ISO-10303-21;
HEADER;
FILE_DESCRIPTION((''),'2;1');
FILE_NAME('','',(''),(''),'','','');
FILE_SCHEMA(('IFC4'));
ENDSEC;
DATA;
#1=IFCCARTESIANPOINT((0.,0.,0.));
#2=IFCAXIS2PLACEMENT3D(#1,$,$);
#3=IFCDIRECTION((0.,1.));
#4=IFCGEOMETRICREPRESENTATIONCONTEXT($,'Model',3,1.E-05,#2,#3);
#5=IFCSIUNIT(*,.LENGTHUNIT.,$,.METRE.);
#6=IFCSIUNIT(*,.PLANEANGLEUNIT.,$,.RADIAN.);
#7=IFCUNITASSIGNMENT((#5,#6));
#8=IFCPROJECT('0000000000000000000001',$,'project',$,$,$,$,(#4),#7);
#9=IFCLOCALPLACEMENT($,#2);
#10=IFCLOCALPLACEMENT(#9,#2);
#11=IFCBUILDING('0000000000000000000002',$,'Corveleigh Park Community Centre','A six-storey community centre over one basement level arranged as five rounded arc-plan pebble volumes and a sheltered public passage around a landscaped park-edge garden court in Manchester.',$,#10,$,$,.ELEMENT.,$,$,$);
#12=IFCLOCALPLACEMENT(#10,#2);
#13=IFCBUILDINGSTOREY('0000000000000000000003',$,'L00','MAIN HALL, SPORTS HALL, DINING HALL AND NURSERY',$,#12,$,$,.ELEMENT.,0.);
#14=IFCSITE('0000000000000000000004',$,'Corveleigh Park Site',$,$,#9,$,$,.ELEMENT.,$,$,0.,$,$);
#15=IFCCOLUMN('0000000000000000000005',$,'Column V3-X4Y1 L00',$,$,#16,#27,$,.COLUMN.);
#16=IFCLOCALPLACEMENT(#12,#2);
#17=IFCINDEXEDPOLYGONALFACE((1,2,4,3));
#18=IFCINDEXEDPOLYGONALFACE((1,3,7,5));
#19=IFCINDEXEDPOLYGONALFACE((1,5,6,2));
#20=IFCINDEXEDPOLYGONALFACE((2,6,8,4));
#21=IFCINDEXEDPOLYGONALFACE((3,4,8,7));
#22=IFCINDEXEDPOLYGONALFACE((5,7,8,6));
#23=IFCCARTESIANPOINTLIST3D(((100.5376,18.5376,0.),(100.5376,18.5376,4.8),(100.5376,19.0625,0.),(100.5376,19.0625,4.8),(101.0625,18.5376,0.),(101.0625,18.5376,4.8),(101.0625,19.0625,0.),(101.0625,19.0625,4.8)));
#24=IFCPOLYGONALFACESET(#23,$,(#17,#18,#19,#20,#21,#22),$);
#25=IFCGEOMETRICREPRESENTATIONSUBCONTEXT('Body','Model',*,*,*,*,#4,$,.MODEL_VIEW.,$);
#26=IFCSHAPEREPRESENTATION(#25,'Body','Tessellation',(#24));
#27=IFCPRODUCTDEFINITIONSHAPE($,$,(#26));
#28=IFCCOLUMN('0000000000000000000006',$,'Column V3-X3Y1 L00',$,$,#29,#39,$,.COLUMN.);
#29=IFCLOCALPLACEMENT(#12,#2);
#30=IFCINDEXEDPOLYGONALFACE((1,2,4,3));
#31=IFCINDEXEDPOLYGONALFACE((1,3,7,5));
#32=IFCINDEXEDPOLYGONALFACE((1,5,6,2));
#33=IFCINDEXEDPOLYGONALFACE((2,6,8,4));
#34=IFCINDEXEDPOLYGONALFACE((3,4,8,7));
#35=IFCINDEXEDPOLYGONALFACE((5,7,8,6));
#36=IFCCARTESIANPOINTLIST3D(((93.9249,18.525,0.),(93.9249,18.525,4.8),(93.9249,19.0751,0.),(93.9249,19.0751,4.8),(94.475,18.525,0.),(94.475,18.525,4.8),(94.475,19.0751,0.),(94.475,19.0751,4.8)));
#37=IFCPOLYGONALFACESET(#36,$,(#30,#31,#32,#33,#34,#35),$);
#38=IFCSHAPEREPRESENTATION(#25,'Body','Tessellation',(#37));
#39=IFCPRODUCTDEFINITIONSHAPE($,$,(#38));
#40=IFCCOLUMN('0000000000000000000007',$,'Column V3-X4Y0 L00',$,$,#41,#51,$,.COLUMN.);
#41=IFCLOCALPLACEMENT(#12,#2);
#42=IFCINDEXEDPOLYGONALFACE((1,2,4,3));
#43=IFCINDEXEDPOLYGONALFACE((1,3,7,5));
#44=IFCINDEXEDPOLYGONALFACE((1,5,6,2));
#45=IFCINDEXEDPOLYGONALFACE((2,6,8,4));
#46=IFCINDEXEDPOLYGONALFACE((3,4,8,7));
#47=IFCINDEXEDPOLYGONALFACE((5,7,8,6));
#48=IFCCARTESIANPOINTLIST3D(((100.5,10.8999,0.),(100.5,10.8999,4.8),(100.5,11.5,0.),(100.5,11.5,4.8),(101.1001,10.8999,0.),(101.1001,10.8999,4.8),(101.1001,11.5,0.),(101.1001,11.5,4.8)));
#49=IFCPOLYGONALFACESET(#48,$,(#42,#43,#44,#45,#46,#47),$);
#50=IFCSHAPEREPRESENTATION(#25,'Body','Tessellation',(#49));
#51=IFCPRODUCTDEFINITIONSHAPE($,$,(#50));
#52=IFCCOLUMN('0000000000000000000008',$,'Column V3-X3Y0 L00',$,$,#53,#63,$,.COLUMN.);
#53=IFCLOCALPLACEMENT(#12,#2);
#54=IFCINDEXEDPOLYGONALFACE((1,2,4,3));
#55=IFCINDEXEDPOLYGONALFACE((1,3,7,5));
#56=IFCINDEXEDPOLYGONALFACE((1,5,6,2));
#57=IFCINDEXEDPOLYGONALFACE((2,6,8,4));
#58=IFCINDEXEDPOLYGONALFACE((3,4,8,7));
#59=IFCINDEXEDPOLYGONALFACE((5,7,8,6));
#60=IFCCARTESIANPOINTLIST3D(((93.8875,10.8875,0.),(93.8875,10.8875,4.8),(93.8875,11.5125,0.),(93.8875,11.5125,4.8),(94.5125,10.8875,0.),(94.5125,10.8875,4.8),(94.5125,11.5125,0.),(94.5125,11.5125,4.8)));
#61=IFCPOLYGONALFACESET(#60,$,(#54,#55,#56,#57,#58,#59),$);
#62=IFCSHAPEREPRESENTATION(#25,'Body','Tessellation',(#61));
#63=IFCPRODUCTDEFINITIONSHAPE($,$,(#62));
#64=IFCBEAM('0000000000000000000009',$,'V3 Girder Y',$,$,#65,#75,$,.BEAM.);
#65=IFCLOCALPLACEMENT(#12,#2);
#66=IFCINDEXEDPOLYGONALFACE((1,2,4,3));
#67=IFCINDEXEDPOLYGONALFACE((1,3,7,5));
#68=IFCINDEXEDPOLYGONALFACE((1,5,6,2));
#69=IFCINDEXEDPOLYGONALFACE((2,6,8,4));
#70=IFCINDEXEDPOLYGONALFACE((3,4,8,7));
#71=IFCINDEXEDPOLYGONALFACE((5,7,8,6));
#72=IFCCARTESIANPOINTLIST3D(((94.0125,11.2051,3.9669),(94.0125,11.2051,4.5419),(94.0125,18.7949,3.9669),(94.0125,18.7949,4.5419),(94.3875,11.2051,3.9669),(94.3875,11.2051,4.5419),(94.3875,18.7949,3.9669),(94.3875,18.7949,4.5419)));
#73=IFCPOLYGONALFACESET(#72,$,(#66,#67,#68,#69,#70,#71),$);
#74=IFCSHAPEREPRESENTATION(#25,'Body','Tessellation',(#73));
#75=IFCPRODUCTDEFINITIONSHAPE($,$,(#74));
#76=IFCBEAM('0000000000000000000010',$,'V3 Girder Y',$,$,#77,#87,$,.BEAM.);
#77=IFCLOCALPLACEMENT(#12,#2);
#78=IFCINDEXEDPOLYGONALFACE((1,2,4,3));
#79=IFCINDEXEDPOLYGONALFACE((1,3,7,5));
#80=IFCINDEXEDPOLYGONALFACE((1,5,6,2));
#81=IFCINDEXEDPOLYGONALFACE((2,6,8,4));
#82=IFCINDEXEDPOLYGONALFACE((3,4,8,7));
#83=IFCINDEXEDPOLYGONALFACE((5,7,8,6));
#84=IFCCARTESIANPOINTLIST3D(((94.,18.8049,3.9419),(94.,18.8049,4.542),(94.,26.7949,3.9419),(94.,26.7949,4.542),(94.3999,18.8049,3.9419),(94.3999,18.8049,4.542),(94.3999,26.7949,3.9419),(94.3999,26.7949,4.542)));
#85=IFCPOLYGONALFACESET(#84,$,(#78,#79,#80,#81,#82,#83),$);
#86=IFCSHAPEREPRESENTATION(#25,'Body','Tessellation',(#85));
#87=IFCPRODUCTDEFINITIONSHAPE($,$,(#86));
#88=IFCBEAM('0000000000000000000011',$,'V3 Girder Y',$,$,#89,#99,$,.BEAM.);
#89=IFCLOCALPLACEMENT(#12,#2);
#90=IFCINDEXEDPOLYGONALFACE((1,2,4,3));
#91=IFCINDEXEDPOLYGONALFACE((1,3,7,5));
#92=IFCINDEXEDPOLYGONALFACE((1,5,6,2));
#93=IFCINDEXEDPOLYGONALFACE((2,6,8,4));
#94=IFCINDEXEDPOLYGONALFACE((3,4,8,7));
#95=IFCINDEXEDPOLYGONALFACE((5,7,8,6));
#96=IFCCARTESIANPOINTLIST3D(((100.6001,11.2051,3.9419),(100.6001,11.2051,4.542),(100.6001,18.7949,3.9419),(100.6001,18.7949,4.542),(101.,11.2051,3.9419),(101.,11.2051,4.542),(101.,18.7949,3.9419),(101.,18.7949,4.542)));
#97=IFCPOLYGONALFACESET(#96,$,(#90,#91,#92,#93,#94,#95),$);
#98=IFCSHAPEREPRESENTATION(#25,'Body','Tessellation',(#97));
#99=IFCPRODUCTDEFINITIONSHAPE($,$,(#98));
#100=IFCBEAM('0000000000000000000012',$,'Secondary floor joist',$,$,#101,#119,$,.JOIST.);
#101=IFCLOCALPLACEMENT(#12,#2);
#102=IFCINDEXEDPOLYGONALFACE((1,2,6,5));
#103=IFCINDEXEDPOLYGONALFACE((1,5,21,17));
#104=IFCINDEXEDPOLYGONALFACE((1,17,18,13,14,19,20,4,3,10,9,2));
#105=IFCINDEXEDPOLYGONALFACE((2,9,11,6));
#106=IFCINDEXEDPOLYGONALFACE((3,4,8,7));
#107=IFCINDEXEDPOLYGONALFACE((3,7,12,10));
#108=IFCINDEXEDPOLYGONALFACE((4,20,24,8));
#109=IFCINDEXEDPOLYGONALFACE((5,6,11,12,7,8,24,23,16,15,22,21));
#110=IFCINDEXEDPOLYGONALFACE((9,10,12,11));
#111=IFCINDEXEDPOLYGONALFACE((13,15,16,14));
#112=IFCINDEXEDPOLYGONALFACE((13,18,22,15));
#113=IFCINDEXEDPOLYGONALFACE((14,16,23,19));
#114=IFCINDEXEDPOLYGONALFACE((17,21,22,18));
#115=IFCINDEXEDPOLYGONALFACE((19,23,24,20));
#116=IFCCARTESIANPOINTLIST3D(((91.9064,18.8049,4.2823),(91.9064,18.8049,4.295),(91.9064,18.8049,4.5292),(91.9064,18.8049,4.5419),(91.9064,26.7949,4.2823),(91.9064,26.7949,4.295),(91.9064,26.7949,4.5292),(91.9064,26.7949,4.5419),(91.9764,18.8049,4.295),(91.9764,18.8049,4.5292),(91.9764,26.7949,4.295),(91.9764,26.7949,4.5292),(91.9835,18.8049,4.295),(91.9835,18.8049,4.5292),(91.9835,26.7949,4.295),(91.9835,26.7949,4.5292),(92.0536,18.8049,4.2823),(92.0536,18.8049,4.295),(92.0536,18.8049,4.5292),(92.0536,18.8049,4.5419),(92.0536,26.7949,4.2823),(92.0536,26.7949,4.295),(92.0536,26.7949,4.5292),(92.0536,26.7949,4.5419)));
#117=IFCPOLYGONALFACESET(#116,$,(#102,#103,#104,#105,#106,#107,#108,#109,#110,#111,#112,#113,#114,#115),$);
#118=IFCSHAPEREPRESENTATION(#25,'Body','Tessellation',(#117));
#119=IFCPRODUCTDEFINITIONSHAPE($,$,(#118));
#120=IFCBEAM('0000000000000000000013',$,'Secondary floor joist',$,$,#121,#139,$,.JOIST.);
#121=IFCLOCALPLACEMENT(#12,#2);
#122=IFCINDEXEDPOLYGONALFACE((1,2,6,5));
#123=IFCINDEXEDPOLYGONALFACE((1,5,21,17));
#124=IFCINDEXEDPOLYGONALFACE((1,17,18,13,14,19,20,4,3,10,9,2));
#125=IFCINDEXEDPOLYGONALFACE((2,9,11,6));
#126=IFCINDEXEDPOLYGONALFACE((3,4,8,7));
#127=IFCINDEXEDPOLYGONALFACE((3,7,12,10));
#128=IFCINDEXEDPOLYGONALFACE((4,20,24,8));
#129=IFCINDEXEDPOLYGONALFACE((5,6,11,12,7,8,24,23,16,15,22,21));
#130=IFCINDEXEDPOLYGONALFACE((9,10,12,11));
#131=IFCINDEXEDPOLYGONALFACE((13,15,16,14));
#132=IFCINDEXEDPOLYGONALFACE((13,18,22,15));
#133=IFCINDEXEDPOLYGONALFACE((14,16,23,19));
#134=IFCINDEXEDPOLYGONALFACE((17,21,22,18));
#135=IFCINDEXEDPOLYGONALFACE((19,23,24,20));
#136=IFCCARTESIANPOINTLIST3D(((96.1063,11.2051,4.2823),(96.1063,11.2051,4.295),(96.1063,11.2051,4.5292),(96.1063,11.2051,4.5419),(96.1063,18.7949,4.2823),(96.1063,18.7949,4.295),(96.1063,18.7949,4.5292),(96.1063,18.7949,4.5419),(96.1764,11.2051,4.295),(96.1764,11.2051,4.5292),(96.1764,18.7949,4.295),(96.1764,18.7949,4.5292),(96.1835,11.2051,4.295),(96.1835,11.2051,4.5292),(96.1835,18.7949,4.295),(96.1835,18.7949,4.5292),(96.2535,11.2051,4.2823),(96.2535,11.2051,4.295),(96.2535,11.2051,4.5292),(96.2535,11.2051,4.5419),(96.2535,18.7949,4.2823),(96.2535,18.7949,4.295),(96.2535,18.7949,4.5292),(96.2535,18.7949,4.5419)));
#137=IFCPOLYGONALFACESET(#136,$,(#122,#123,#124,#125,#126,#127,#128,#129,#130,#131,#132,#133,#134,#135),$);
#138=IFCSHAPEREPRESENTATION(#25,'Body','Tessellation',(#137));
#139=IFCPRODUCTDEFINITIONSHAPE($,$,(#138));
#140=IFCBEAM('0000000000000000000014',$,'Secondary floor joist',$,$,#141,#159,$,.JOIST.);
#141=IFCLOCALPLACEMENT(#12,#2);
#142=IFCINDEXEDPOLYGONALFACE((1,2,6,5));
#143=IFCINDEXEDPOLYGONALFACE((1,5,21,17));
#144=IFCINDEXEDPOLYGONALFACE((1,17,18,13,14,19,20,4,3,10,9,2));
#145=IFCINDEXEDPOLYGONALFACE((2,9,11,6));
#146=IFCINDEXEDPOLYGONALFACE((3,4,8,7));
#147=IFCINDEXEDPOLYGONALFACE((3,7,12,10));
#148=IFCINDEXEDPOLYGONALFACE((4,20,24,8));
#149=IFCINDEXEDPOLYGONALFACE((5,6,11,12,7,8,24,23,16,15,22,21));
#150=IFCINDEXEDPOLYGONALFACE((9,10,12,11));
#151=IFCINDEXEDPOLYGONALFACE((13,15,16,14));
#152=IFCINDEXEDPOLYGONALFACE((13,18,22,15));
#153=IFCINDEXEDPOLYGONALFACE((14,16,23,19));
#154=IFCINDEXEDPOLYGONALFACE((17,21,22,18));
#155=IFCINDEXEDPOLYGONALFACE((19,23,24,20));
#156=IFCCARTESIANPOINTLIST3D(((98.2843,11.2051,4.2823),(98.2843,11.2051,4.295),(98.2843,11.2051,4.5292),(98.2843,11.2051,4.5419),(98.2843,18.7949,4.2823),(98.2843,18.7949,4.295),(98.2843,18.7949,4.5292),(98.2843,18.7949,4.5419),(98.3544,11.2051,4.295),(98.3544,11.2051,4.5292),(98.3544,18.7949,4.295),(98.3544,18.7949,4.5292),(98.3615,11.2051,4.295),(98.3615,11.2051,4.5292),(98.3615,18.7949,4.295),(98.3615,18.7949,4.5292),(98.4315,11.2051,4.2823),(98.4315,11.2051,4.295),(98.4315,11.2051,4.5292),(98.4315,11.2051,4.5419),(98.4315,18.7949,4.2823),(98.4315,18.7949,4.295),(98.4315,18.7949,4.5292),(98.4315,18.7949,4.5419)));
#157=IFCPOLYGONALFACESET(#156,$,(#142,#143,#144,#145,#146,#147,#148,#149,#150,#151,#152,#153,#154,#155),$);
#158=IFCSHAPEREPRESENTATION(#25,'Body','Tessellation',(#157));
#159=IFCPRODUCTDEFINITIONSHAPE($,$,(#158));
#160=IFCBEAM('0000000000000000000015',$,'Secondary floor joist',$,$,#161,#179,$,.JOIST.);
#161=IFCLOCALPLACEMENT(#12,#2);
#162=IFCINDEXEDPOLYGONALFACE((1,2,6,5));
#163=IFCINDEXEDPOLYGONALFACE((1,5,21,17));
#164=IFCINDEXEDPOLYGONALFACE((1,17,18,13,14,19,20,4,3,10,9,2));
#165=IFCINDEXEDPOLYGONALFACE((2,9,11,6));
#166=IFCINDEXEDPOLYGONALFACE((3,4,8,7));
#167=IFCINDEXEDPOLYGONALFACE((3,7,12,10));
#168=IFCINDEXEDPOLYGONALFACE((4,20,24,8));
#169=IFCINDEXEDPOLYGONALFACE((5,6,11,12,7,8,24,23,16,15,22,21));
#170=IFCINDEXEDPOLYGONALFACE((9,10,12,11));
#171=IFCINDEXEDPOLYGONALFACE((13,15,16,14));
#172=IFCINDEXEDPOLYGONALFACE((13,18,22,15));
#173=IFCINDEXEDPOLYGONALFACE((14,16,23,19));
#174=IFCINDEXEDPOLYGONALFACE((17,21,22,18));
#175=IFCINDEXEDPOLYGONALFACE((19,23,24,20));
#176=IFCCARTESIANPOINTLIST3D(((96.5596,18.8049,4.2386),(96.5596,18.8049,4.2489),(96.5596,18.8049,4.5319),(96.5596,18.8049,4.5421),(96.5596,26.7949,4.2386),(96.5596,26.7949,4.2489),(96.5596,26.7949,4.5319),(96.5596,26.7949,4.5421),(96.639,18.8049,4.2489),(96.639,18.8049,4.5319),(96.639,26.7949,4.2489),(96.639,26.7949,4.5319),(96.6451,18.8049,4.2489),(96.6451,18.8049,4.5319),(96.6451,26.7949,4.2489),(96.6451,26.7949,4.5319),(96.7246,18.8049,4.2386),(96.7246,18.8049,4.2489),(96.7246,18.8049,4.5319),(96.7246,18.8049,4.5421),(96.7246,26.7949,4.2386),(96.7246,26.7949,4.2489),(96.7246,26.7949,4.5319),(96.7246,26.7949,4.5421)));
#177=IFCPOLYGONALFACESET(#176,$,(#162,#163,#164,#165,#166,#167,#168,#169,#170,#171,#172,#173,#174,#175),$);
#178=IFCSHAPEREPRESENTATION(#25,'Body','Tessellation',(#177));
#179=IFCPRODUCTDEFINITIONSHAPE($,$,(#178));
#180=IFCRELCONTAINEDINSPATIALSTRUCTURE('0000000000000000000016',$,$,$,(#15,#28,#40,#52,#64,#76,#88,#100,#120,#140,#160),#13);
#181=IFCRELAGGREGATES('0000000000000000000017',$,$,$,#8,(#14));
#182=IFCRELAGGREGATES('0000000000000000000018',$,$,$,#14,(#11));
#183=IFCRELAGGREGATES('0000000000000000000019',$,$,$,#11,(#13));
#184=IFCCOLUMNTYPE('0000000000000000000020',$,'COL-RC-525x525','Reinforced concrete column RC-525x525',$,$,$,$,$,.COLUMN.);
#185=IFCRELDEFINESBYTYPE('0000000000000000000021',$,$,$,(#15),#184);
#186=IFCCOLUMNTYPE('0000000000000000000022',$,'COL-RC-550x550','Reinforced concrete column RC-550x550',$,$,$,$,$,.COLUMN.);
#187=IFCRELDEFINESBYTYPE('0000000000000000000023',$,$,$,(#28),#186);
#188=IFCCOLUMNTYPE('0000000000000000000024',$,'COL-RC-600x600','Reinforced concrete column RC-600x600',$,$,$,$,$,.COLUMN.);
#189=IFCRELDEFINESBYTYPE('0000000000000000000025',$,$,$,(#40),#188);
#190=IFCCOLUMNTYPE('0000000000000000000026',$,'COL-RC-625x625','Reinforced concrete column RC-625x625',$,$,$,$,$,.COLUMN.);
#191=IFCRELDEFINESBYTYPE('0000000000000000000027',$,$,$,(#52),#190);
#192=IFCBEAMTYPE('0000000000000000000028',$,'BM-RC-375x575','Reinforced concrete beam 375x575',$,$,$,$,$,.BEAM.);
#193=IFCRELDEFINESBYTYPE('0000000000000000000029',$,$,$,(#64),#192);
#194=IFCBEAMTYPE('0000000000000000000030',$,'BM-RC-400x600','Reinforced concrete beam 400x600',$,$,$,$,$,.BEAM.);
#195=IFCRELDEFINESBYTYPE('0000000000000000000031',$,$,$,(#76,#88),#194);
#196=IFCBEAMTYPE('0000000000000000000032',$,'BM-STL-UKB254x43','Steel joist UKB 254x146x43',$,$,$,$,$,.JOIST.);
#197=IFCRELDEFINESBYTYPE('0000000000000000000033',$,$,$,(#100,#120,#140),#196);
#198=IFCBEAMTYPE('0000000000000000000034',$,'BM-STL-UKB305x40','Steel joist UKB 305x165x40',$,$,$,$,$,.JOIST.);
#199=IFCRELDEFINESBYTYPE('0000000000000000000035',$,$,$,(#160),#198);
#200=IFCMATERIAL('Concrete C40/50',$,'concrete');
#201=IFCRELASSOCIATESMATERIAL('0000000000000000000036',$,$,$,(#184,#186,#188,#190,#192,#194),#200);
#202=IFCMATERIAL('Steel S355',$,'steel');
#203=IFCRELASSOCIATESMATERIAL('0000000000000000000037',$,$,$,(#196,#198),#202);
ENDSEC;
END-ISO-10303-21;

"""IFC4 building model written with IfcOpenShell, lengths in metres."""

from ifc_helpers import new_model, si_unit, direction, frame, origin, origin_2d, place, context, subcontext, project, spatial, rectangle, i_section, extrude, material, material_profile, profile_set, type_object, element, save


model = new_model("IFC4")

# Units and contexts
model_context = context("Model", 3, precision=1e-05, world=origin(), true_north=direction((0.0, 1.0)))
body_context = subcontext(model_context, "Body", "Model", "MODEL_VIEW")
ifc_project = project(units=[si_unit("LENGTHUNIT", "METRE"), si_unit("PLANEANGLEUNIT", "RADIAN")], contexts=[model_context])

# Site, building, storey
site_placement = place(None, origin())
site = spatial("IfcSite", under=ifc_project, at=site_placement, Name="Corveleigh Park Site", CompositionType="ELEMENT", RefElevation=0.0)
building_placement = place(site_placement, origin())
building = spatial("IfcBuilding", under=site, at=building_placement, Name="Corveleigh Park Community Centre", Description="A six-storey community centre over one basement level arranged as five rounded arc-plan pebble volumes and a sheltered public passage around a landscaped park-edge garden court in Manchester.", CompositionType="ELEMENT")
storey_placement = place(building_placement, origin())
storey = spatial("IfcBuildingStorey", under=building, at=storey_placement, Name="L00", Description="MAIN HALL, SPORTS HALL, DINING HALL AND NURSERY", CompositionType="ELEMENT", Elevation=0.0)

# Columns
ifc_material_1 = material(Name="Concrete C40/50", Category="concrete")
ifc_material_profile_1 = material_profile(ifc_material_1, rectangle(XDim=0.5249, YDim=0.5249, at=origin_2d()), Name="RC-525x525", Category="concrete")
ifc_profile_set_1 = profile_set([ifc_material_profile_1], Name="Concrete C40/50")
column_type_1 = type_object("IfcColumnType", Name="COL-RC-525x525", Description="Reinforced concrete column RC-525x525", PredefinedType="COLUMN", material=ifc_profile_set_1)
column_1_placement = place(storey_placement, frame((100.8, 18.8, 0.0), z_axis=(0.0, 0.0, 1.0), x_axis=(1.0, 0.0, 0.0)))
element("IfcColumn", 1, at=column_1_placement, inside=storey, type_object=column_type_1, Name="Column V3-X4Y1 L00", PredefinedType="COLUMN", context=body_context, shape_type="SweptSolid", body=[
    extrude(rectangle(XDim=0.5249, YDim=0.5249, at=origin_2d()), origin(), (0.0, 0.0, 1.0), 4.8),
])
ifc_material_profile_2 = material_profile(ifc_material_1, rectangle(XDim=0.55, YDim=0.55, at=origin_2d()), Name="RC-550x550", Category="concrete")
ifc_profile_set_2 = profile_set([ifc_material_profile_2], Name="Concrete C40/50")
column_type_2 = type_object("IfcColumnType", Name="COL-RC-550x550", Description="Reinforced concrete column RC-550x550", PredefinedType="COLUMN", material=ifc_profile_set_2)
column_2_placement = place(storey_placement, frame((94.2, 18.8, 0.0), z_axis=(0.0, 0.0, 1.0), x_axis=(1.0, 0.0, 0.0)))
element("IfcColumn", 2, at=column_2_placement, inside=storey, type_object=column_type_2, Name="Column V3-X3Y1 L00", PredefinedType="COLUMN", context=body_context, shape_type="SweptSolid", body=[
    extrude(rectangle(XDim=0.55, YDim=0.55, at=origin_2d()), origin(), (0.0, 0.0, 1.0), 4.8),
])
ifc_material_profile_3 = material_profile(ifc_material_1, rectangle(XDim=0.6001, YDim=0.6001, at=origin_2d()), Name="RC-600x600", Category="concrete")
ifc_profile_set_3 = profile_set([ifc_material_profile_3], Name="Concrete C40/50")
column_type_3 = type_object("IfcColumnType", Name="COL-RC-600x600", Description="Reinforced concrete column RC-600x600", PredefinedType="COLUMN", material=ifc_profile_set_3)
column_3_placement = place(storey_placement, frame((100.8, 11.2, 0.0), z_axis=(0.0, 0.0, 1.0), x_axis=(1.0, 0.0, 0.0)))
element("IfcColumn", 3, at=column_3_placement, inside=storey, type_object=column_type_3, Name="Column V3-X4Y0 L00", PredefinedType="COLUMN", context=body_context, shape_type="SweptSolid", body=[
    extrude(rectangle(XDim=0.6001, YDim=0.6001, at=origin_2d()), origin(), (0.0, 0.0, 1.0), 4.8),
])
ifc_material_profile_4 = material_profile(ifc_material_1, rectangle(XDim=0.625, YDim=0.625, at=origin_2d()), Name="RC-625x625", Category="concrete")
ifc_profile_set_4 = profile_set([ifc_material_profile_4], Name="Concrete C40/50")
column_type_4 = type_object("IfcColumnType", Name="COL-RC-625x625", Description="Reinforced concrete column RC-625x625", PredefinedType="COLUMN", material=ifc_profile_set_4)
column_4_placement = place(storey_placement, frame((94.2, 11.2, 0.0), z_axis=(0.0, 0.0, 1.0), x_axis=(1.0, 0.0, 0.0)))
element("IfcColumn", 4, at=column_4_placement, inside=storey, type_object=column_type_4, Name="Column V3-X3Y0 L00", PredefinedType="COLUMN", context=body_context, shape_type="SweptSolid", body=[
    extrude(rectangle(XDim=0.625, YDim=0.625, at=origin_2d()), origin(), (0.0, 0.0, 1.0), 4.8),
])

# Beams
ifc_material_profile_5 = material_profile(ifc_material_1, rectangle(XDim=0.375, YDim=0.575, at=origin_2d()), Name="RC-375x575", Category="concrete")
ifc_profile_set_5 = profile_set([ifc_material_profile_5], Name="Concrete C40/50")
beam_type_1 = type_object("IfcBeamType", Name="BM-RC-375x575", Description="Reinforced concrete beam 375x575", PredefinedType="BEAM", material=ifc_profile_set_5)
beam_1_placement = place(storey_placement, frame((94.2, 11.2051, 4.2544), z_axis=(0.0, 1.0, 0.0), x_axis=(-1.0, 0.0, 0.0)))
element("IfcBeam", 5, at=beam_1_placement, inside=storey, type_object=beam_type_1, Name="V3 Girder Y", PredefinedType="BEAM", context=body_context, shape_type="SweptSolid", body=[
    extrude(rectangle(XDim=0.375, YDim=0.575, at=origin_2d()), origin(), (0.0, 0.0, 1.0), 7.5898),
])
ifc_material_profile_6 = material_profile(ifc_material_1, rectangle(XDim=0.3999, YDim=0.6001, at=origin_2d()), Name="RC-400x600", Category="concrete")
ifc_profile_set_6 = profile_set([ifc_material_profile_6], Name="Concrete C40/50")
beam_type_2 = type_object("IfcBeamType", Name="BM-RC-400x600", Description="Reinforced concrete beam 400x600", PredefinedType="BEAM", material=ifc_profile_set_6)
beam_2_placement = place(storey_placement, frame((94.2, 18.8049, 4.2419), z_axis=(0.0, 1.0, 0.0), x_axis=(-1.0, 0.0, 0.0)))
element("IfcBeam", 6, at=beam_2_placement, inside=storey, type_object=beam_type_2, Name="V3 Girder Y", PredefinedType="BEAM", context=body_context, shape_type="SweptSolid", body=[
    extrude(rectangle(XDim=0.3999, YDim=0.6001, at=origin_2d()), origin(), (0.0, 0.0, 1.0), 7.99),
])
beam_3_placement = place(storey_placement, frame((100.8, 11.2051, 4.2419), z_axis=(0.0, 1.0, 0.0), x_axis=(-1.0, 0.0, 0.0)))
element("IfcBeam", 7, at=beam_3_placement, inside=storey, type_object=beam_type_2, Name="V3 Girder Y", PredefinedType="BEAM", context=body_context, shape_type="SweptSolid", body=[
    extrude(rectangle(XDim=0.3999, YDim=0.6001, at=origin_2d()), origin(), (0.0, 0.0, 1.0), 7.5898),
])
ifc_material_2 = material(Name="Steel S355", Category="steel")
ifc_material_profile_7 = material_profile(ifc_material_2, i_section(OverallWidth=0.1472, OverallDepth=0.2595, WebThickness=0.0071, FlangeThickness=0.0127, at=origin_2d()), Name="UKB 254x146x43", Category="steel")
ifc_profile_set_7 = profile_set([ifc_material_profile_7], Name="Steel S355")
beam_type_3 = type_object("IfcBeamType", Name="BM-STL-UKB254x43", Description="Steel joist UKB 254x146x43", PredefinedType="JOIST", material=ifc_profile_set_7)
beam_4_placement = place(storey_placement, frame((91.98, 18.8049, 4.4121), z_axis=(0.0, 1.0, 0.0), x_axis=(-1.0, 0.0, 0.0)))
element("IfcBeam", 8, at=beam_4_placement, inside=storey, type_object=beam_type_3, Name="Secondary floor joist", PredefinedType="JOIST", context=body_context, shape_type="SweptSolid", body=[
    extrude(i_section(OverallWidth=0.1472, OverallDepth=0.2595, WebThickness=0.0071, FlangeThickness=0.0127, at=origin_2d()), origin(), (0.0, 0.0, 1.0), 7.99),
])
for number, where, z_axis, x_axis, name in (
    (9, (96.1799, 11.2051, 4.4121), (0.0, 1.0, 0.0), (-1.0, 0.0, 0.0), "Secondary floor joist"),
    (10, (98.3579, 11.2051, 4.4121), (0.0, 1.0, 0.0), (-1.0, 0.0, 0.0), "Secondary floor joist"),
):
    element("IfcBeam", number, at=place(storey_placement, frame(where, z_axis=z_axis, x_axis=x_axis)), inside=storey, type_object=beam_type_3, Name=name, PredefinedType="JOIST", context=body_context, shape_type="SweptSolid", body=[
        extrude(i_section(OverallWidth=0.1472, OverallDepth=0.2595, WebThickness=0.0071, FlangeThickness=0.0127, at=origin_2d()), origin(), (0.0, 0.0, 1.0), 7.5898),
    ])
ifc_material_profile_8 = material_profile(ifc_material_2, i_section(OverallWidth=0.165, OverallDepth=0.3035, WebThickness=0.0061, FlangeThickness=0.0103, at=origin_2d()), Name="UKB 305x165x40", Category="steel")
ifc_profile_set_8 = profile_set([ifc_material_profile_8], Name="Steel S355")
beam_type_4 = type_object("IfcBeamType", Name="BM-STL-UKB305x40", Description="Steel joist UKB 305x165x40", PredefinedType="JOIST", material=ifc_profile_set_8)
beam_5_placement = place(storey_placement, frame((96.6421, 18.8049, 4.3904), z_axis=(0.0, 1.0, 0.0), x_axis=(-1.0, 0.0, 0.0)))
element("IfcBeam", 11, at=beam_5_placement, inside=storey, type_object=beam_type_4, Name="Secondary floor joist", PredefinedType="JOIST", context=body_context, shape_type="SweptSolid", body=[
    extrude(i_section(OverallWidth=0.165, OverallDepth=0.3035, WebThickness=0.0061, FlangeThickness=0.0103, at=origin_2d()), origin(), (0.0, 0.0, 1.0), 7.99),
])

save(model, "model.ifc")
